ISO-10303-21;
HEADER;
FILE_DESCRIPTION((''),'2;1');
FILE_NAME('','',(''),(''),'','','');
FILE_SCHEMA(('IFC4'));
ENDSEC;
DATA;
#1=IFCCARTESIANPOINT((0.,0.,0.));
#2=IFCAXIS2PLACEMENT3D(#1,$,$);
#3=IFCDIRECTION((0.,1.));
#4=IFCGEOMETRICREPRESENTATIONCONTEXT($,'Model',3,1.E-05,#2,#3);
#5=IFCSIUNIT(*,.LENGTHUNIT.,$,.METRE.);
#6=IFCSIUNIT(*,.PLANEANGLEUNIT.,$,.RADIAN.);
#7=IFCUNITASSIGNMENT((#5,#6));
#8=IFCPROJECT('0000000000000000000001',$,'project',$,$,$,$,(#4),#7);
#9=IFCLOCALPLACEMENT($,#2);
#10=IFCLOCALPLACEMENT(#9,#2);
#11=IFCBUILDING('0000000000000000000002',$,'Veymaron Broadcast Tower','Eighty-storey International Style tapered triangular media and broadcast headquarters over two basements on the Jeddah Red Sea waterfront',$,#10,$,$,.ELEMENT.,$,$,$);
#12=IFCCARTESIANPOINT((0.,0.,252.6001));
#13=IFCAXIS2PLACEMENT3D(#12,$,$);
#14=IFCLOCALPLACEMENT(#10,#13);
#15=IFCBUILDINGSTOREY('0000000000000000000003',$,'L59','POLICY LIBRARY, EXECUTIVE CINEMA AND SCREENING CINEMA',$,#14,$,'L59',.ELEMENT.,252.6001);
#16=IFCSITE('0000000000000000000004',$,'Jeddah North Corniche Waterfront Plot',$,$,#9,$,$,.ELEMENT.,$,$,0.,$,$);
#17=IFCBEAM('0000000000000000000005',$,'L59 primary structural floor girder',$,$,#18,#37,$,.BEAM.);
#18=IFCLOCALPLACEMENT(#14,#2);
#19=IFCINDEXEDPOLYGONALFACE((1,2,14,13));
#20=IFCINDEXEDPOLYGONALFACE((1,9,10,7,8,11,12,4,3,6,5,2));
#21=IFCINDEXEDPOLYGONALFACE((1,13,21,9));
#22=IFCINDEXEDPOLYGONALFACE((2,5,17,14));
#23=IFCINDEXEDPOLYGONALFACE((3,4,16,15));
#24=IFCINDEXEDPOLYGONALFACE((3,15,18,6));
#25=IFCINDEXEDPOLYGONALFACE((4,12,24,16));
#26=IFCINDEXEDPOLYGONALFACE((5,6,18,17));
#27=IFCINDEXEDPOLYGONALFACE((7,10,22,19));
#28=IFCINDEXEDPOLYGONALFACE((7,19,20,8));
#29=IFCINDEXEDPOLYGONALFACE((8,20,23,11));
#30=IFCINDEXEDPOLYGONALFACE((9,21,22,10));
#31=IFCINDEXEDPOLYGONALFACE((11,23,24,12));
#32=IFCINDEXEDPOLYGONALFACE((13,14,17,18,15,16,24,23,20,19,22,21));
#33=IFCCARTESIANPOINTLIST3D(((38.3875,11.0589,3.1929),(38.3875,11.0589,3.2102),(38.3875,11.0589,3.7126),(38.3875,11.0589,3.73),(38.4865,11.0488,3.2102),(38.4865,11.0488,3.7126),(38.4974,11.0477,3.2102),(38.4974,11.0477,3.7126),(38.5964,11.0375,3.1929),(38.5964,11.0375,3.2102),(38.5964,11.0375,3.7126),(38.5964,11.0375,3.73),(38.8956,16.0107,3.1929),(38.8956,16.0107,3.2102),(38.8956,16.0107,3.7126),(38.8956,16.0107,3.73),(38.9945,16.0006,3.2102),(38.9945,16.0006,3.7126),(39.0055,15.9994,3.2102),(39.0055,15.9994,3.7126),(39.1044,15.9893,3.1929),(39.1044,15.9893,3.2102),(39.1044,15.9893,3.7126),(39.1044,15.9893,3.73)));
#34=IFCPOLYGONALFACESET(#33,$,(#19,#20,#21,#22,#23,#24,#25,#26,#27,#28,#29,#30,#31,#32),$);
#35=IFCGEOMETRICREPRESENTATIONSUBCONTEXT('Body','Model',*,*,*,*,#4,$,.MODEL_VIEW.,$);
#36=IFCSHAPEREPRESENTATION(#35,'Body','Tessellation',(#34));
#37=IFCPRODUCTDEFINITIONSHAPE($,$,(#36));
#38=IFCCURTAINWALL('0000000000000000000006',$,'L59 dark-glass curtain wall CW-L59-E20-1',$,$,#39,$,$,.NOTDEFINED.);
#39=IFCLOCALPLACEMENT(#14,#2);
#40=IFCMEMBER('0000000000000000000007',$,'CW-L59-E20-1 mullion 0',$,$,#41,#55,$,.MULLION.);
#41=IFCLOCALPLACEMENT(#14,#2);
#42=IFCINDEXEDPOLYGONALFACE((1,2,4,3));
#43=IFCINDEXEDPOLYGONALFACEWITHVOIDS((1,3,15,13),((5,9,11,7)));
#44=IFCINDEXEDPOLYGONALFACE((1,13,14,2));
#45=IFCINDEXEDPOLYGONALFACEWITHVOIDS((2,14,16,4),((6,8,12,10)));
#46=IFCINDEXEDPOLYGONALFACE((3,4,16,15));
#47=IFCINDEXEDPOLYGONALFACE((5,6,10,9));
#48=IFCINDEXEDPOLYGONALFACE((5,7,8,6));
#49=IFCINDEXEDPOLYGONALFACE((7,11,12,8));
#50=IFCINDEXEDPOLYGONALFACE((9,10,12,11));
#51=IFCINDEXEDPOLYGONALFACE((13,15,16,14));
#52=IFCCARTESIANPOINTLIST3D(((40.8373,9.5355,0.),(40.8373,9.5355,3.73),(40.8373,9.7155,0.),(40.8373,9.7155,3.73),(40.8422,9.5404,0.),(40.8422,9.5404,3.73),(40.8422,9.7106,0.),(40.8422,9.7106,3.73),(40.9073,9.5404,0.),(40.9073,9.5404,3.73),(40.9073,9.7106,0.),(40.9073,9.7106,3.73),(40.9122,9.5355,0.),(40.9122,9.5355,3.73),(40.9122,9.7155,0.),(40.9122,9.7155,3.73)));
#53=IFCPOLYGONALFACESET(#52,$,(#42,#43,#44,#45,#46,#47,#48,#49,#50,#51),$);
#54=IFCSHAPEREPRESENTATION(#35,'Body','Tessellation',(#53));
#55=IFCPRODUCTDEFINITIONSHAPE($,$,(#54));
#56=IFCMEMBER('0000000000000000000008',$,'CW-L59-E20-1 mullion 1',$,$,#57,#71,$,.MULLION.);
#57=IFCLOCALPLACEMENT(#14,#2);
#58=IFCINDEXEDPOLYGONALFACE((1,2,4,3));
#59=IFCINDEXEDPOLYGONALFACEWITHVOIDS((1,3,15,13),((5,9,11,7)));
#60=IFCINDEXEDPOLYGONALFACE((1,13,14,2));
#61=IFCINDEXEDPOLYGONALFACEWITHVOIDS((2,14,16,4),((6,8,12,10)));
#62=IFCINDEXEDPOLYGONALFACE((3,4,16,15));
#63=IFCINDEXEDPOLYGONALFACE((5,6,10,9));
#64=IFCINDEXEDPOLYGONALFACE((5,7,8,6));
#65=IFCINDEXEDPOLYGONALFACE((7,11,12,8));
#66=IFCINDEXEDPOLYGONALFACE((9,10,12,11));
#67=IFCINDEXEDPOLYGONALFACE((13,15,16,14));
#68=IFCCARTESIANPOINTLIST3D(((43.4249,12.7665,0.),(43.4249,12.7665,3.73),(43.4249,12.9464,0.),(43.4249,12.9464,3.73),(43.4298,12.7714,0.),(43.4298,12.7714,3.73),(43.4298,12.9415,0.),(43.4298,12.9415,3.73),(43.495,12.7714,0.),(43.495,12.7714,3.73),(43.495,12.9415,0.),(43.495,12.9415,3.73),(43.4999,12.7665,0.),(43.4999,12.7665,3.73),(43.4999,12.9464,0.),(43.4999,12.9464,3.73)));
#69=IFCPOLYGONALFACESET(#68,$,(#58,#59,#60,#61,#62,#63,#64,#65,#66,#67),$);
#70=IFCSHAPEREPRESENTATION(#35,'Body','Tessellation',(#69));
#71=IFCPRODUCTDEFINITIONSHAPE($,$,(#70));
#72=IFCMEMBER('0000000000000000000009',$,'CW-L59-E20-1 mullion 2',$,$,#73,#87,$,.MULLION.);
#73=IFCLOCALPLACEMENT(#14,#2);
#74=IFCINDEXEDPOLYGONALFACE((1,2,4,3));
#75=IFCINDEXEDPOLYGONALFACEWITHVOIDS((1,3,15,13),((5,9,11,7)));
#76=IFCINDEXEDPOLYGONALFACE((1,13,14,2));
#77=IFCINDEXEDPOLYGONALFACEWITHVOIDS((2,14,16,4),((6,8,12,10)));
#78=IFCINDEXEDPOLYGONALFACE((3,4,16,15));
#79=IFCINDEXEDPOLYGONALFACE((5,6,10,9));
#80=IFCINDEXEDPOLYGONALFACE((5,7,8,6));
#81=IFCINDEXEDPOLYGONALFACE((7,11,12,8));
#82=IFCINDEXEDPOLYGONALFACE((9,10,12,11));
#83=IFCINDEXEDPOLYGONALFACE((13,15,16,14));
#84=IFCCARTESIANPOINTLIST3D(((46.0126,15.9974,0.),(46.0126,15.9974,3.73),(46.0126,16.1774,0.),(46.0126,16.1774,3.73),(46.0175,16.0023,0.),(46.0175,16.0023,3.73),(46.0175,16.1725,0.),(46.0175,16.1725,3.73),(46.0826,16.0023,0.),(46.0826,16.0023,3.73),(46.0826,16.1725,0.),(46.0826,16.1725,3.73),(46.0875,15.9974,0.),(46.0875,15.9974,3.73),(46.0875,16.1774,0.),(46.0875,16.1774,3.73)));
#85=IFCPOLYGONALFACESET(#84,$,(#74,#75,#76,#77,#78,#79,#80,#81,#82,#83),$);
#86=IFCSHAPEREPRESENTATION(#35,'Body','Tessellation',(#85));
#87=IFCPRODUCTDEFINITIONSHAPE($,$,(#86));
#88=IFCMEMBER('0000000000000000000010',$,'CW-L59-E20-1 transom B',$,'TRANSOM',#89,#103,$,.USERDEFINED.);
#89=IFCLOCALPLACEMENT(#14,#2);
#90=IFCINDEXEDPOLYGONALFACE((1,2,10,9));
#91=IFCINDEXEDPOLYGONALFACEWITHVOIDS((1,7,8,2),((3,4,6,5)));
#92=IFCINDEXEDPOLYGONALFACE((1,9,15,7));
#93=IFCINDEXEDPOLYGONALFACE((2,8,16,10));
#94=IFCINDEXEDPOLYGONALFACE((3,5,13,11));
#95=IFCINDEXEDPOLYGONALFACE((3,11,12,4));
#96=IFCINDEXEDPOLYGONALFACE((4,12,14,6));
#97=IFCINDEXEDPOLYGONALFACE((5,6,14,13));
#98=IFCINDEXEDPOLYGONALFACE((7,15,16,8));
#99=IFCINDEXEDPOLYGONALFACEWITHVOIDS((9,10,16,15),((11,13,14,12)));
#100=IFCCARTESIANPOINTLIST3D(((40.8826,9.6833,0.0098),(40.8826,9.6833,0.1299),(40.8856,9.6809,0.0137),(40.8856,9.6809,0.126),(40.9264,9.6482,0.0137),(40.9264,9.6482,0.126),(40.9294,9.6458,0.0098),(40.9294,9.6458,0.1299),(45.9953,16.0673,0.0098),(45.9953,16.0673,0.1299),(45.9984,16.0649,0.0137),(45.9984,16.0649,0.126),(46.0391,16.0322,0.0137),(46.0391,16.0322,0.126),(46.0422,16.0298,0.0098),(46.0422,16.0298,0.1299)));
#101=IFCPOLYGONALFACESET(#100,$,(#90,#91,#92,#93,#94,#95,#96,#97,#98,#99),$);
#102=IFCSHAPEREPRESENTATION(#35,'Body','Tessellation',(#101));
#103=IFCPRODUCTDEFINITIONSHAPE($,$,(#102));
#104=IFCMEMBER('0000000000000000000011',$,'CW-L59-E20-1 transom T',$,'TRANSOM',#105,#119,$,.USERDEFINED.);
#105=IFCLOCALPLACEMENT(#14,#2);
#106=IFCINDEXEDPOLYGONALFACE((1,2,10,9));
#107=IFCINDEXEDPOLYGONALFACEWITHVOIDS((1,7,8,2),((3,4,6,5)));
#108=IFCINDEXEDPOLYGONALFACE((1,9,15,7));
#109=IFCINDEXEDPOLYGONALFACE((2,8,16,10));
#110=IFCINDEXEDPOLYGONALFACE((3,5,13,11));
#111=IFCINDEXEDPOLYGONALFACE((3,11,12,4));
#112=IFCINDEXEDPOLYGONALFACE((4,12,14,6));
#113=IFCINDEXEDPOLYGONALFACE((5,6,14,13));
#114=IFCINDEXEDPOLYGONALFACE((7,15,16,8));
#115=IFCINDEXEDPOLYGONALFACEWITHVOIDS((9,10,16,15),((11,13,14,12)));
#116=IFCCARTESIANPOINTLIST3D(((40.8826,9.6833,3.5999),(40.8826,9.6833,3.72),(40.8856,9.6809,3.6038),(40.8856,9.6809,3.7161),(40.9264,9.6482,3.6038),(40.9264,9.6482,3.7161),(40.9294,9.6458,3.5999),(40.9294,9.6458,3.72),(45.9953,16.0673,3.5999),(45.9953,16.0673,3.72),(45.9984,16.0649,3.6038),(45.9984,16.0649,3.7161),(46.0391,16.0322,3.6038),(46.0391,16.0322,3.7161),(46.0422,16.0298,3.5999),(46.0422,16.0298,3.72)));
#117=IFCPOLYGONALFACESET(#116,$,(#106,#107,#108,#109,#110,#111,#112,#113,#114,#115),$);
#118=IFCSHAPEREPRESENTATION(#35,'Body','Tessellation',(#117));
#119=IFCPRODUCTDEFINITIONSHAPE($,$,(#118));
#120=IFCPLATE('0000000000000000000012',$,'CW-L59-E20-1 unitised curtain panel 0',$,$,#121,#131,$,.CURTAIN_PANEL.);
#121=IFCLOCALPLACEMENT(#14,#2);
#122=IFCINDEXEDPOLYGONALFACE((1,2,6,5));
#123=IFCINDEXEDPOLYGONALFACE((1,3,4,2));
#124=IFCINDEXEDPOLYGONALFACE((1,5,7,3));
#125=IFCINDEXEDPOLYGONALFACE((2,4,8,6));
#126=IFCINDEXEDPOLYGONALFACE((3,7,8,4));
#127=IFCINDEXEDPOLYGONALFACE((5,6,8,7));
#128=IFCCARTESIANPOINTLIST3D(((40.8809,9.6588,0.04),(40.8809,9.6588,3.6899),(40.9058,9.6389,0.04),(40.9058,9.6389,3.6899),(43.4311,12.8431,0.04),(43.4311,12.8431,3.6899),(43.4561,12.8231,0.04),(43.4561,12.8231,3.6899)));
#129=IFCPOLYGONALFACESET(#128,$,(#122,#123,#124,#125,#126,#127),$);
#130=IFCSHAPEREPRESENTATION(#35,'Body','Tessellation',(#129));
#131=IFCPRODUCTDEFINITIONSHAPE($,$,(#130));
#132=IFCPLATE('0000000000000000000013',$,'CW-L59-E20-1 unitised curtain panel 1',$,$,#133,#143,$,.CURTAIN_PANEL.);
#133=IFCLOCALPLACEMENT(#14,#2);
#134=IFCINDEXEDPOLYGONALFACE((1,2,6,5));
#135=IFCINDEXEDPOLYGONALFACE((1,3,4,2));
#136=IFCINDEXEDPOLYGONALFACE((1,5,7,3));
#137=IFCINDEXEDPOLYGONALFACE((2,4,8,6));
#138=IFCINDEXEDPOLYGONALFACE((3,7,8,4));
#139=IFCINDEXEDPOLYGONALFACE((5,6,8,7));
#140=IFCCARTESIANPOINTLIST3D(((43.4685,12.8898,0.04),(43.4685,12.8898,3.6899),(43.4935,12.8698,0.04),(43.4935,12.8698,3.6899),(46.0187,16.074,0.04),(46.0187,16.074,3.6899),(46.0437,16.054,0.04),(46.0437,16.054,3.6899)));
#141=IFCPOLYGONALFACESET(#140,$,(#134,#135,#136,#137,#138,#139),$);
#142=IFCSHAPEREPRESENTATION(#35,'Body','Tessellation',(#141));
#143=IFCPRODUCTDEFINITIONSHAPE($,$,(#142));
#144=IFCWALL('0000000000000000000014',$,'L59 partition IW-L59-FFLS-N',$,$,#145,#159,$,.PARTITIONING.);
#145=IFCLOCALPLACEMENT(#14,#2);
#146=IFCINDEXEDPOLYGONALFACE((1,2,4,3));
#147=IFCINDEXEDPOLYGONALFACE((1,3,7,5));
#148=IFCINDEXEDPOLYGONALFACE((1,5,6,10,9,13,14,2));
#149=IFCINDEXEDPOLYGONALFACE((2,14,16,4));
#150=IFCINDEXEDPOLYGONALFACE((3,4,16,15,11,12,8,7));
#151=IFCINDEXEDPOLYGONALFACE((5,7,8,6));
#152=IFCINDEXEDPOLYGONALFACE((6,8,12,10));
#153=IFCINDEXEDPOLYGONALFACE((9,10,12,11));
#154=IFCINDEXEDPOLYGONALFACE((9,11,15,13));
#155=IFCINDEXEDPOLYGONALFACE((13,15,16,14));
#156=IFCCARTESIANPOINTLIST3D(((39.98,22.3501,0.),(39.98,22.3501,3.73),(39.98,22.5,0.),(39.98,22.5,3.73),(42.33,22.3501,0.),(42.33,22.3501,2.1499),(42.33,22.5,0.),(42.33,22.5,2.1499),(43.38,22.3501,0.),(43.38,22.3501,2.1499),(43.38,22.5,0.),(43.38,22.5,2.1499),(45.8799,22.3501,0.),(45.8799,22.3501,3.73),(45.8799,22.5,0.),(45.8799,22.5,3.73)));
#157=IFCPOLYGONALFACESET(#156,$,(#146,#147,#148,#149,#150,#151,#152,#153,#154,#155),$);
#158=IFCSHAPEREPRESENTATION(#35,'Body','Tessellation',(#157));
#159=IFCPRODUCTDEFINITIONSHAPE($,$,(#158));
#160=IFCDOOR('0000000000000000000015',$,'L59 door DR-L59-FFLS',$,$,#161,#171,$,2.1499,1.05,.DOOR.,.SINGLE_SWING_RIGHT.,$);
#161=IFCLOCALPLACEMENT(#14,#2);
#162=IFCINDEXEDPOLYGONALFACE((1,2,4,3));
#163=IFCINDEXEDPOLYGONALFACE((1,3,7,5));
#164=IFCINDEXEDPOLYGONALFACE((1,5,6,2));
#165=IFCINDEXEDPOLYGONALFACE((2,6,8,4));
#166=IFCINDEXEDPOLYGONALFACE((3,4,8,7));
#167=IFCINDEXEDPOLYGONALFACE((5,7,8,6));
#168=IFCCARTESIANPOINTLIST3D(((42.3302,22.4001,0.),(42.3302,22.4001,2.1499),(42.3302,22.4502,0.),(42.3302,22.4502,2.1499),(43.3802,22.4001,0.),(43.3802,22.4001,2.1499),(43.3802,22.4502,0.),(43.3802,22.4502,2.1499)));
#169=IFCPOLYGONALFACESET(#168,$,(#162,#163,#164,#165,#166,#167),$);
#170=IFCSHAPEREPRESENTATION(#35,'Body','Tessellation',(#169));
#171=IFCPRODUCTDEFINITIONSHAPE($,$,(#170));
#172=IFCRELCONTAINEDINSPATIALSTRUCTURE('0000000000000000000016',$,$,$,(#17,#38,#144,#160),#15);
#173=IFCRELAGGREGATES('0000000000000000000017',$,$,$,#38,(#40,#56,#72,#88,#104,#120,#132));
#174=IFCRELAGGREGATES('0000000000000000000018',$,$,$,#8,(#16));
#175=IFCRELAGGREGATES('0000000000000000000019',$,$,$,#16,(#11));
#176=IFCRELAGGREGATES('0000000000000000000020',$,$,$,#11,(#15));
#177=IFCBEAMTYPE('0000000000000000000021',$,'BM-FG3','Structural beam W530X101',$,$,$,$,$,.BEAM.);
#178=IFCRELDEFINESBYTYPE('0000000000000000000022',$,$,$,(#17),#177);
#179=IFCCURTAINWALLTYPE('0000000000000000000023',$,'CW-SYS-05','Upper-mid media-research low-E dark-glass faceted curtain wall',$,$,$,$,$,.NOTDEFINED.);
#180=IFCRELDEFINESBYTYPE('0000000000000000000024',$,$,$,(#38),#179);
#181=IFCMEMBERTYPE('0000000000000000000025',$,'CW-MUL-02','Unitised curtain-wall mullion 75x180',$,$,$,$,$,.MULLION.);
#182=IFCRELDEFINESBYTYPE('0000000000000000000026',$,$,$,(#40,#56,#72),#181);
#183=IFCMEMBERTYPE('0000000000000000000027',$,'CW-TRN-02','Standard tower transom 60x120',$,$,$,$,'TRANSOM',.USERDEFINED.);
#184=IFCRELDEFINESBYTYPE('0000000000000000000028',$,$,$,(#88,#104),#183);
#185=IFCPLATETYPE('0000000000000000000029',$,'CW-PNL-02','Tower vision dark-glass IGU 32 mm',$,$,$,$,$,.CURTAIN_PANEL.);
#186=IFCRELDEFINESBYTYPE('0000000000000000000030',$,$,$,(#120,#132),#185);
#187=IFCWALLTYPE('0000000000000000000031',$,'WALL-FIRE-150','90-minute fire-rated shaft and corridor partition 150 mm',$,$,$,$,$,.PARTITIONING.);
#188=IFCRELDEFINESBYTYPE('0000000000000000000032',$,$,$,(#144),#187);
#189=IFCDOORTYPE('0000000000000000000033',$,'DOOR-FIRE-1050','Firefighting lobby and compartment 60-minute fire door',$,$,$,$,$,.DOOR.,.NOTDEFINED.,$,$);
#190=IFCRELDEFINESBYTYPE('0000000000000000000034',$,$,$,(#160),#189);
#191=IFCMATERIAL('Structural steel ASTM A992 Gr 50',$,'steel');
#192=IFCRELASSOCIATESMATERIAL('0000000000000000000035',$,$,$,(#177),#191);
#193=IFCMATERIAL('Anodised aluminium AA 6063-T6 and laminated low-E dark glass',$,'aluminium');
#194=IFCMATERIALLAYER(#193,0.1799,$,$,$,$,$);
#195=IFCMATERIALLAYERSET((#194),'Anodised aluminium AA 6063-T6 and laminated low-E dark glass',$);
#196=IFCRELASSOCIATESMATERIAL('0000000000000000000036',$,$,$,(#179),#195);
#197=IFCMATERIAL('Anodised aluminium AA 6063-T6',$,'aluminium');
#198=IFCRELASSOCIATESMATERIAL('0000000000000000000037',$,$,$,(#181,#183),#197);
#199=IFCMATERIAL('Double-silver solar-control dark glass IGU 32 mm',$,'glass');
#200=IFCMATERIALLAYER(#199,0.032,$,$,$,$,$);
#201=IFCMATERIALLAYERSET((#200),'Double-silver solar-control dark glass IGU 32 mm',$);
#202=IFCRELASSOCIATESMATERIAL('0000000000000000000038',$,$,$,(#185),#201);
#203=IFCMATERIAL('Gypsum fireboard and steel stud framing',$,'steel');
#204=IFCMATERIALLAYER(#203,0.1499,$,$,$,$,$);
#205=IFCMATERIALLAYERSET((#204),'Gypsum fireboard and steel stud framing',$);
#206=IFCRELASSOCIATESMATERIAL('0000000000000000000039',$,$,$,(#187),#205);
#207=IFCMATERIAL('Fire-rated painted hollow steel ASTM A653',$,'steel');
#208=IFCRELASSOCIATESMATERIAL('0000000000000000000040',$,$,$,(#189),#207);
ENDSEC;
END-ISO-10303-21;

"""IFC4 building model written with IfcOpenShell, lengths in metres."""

from ifc_helpers import new_model, si_unit, direction, frame, frame_2d, origin, origin_2d, place, context, subcontext, project, spatial, rectangle, hollow_rectangle, i_section, extrude, material, layer, layer_set, material_profile, profile_set, type_object, element, fill, aggregate, save


model = new_model("IFC4")

# Units and contexts
model_context = context("Model", 3, precision=1e-05, world=origin(), true_north=direction((0.0, 1.0)))
body_context = subcontext(model_context, "Body", "Model", "MODEL_VIEW")
ifc_project = project(units=[si_unit("LENGTHUNIT", "METRE"), si_unit("PLANEANGLEUNIT", "RADIAN")], contexts=[model_context])

# Site, building, storey
site_placement = place(None, origin())
site = spatial("IfcSite", under=ifc_project, at=site_placement, Name="Jeddah North Corniche Waterfront Plot", CompositionType="ELEMENT", RefElevation=0.0)
building_placement = place(site_placement, origin())
building = spatial("IfcBuilding", under=site, at=building_placement, Name="Veymaron Broadcast Tower", Description="Eighty-storey International Style tapered triangular media and broadcast headquarters over two basements on the Jeddah Red Sea waterfront", CompositionType="ELEMENT")
storey_placement = place(building_placement, frame((0.0, 0.0, 252.6001)))
storey = spatial("IfcBuildingStorey", under=building, at=storey_placement, Name="L59", Description="POLICY LIBRARY, EXECUTIVE CINEMA AND SCREENING CINEMA", LongName="L59", CompositionType="ELEMENT", Elevation=252.6001)

# Beam
ifc_material_1 = material(Name="Structural steel ASTM A992 Gr 50", Category="steel")
ifc_material_profile_1 = material_profile(ifc_material_1, i_section(OverallWidth=0.21, OverallDepth=0.5371, WebThickness=0.011, FlangeThickness=0.0173, at=origin_2d()), Name="W530X101")
ifc_profile_set_1 = profile_set([ifc_material_profile_1], Name="Structural steel ASTM A992 Gr 50")
beam_type = type_object("IfcBeamType", Name="BM-FG3", Description="Structural beam W530X101", PredefinedType="BEAM", material=ifc_profile_set_1)
beam_placement = place(storey_placement, frame((39.0, 16.0, 3.4614), z_axis=(-0.102062, -0.994778, 0.0), x_axis=(0.994778, -0.102062, 0.0)))
element("IfcBeam", 1, at=beam_placement, inside=storey, type_object=beam_type, Name="L59 primary structural floor girder", PredefinedType="BEAM", context=body_context, shape_type="SweptSolid", body=[
    extrude(i_section(OverallWidth=0.21, OverallDepth=0.5371, WebThickness=0.011, FlangeThickness=0.0173, at=origin_2d()), origin(), (0.0, 0.0, 1.0), 4.9778),
])

# Curtain wall, members, plates
ifc_material_2 = material(Name="Anodised aluminium AA 6063-T6 and laminated low-E dark glass", Category="aluminium")
ifc_layer_1 = layer(ifc_material_2, 0.1799)
ifc_layer_set_1 = layer_set([ifc_layer_1], Name="Anodised aluminium AA 6063-T6 and laminated low-E dark glass")
curtain_wall_type = type_object("IfcCurtainWallType", Name="CW-SYS-05", Description="Upper-mid media-research low-E dark-glass faceted curtain wall", PredefinedType="NOTDEFINED", material=ifc_layer_set_1)
curtain_wall_placement = place(storey_placement, origin())
curtain_wall = element("IfcCurtainWall", 2, at=curtain_wall_placement, inside=storey, type_object=curtain_wall_type, Name="L59 dark-glass curtain wall CW-L59-E20-1", PredefinedType="NOTDEFINED")
ifc_material_3 = material(Name="Anodised aluminium AA 6063-T6", Category="aluminium")
ifc_material_profile_2 = material_profile(ifc_material_3, hollow_rectangle(XDim=0.075, YDim=0.1799, WallThickness=0.0049, at=origin_2d()), Name="AL180X75X5")
ifc_profile_set_2 = profile_set([ifc_material_profile_2], Name="Anodised aluminium AA 6063-T6")
member_type_1 = type_object("IfcMemberType", Name="CW-MUL-02", Description="Unitised curtain-wall mullion 75x180", PredefinedType="MULLION", material=ifc_profile_set_2)
member_1_placement = place(storey_placement, frame((40.8748, 9.6255, 0.0), z_axis=(0.0, 0.0, 1.0), x_axis=(1.0, 0.0, 0.0)))
member_1 = element("IfcMember", 3, at=member_1_placement, type_object=member_type_1, Name="CW-L59-E20-1 mullion 0", PredefinedType="MULLION", context=body_context, shape_type="SweptSolid", body=[
    extrude(hollow_rectangle(XDim=0.075, YDim=0.1799, WallThickness=0.0049, at=origin_2d()), origin(), (0.0, 0.0, 1.0), 3.73),
])
member_2_placement = place(storey_placement, frame((43.4624, 12.8564, 0.0), z_axis=(0.0, 0.0, 1.0), x_axis=(1.0, 0.0, 0.0)))
member_2 = element("IfcMember", 4, at=member_2_placement, type_object=member_type_1, Name="CW-L59-E20-1 mullion 1", PredefinedType="MULLION", context=body_context, shape_type="SweptSolid", body=[
    extrude(hollow_rectangle(XDim=0.075, YDim=0.1799, WallThickness=0.0049, at=origin_2d()), origin(), (0.0, 0.0, 1.0), 3.73),
])
member_3_placement = place(storey_placement, frame((46.05, 16.0874, 0.0), z_axis=(0.0, 0.0, 1.0), x_axis=(1.0, 0.0, 0.0)))
member_3 = element("IfcMember", 5, at=member_3_placement, type_object=member_type_1, Name="CW-L59-E20-1 mullion 2", PredefinedType="MULLION", context=body_context, shape_type="SweptSolid", body=[
    extrude(hollow_rectangle(XDim=0.075, YDim=0.1799, WallThickness=0.0049, at=origin_2d()), origin(), (0.0, 0.0, 1.0), 3.73),
])
ifc_material_profile_3 = material_profile(ifc_material_3, hollow_rectangle(XDim=0.0601, YDim=0.1201, WallThickness=0.0039, at=origin_2d()), Name="AL120X60X4")
ifc_profile_set_3 = profile_set([ifc_material_profile_3], Name="Anodised aluminium AA 6063-T6")
member_type_2 = type_object("IfcMemberType", Name="CW-TRN-02", Description="Standard tower transom 60x120", ElementType="TRANSOM", PredefinedType="USERDEFINED", material=ifc_profile_set_3)
member_4_placement = place(storey_placement, frame((40.906, 9.6646, 0.0698), z_axis=(0.62511, 0.780537, 0.0), x_axis=(-0.780537, 0.62511, 0.0)))
member_4 = element("IfcMember", 6, at=member_4_placement, type_object=member_type_2, Name="CW-L59-E20-1 transom B", ObjectType="TRANSOM", PredefinedType="USERDEFINED", context=body_context, shape_type="SweptSolid", body=[
    extrude(hollow_rectangle(XDim=0.0601, YDim=0.1201, WallThickness=0.0039, at=origin_2d()), origin(), (0.0, 0.0, 1.0), 8.179),
])
member_5_placement = place(storey_placement, frame((40.906, 9.6646, 3.6599), z_axis=(0.62511, 0.780537, 0.0), x_axis=(-0.780537, 0.62511, 0.0)))
member_5 = element("IfcMember", 7, at=member_5_placement, type_object=member_type_2, Name="CW-L59-E20-1 transom T", ObjectType="TRANSOM", PredefinedType="USERDEFINED", context=body_context, shape_type="SweptSolid", body=[
    extrude(hollow_rectangle(XDim=0.0601, YDim=0.1201, WallThickness=0.0039, at=origin_2d()), origin(), (0.0, 0.0, 1.0), 8.179),
])
ifc_material_4 = material(Name="Double-silver solar-control dark glass IGU 32 mm", Category="glass")
ifc_layer_2 = layer(ifc_material_4, 0.032)
ifc_layer_set_2 = layer_set([ifc_layer_2], Name="Double-silver solar-control dark glass IGU 32 mm")
plate_type = type_object("IfcPlateType", Name="CW-PNL-02", Description="Tower vision dark-glass IGU 32 mm", PredefinedType="CURTAIN_PANEL", material=ifc_layer_set_2)
plate_1_placement = place(storey_placement, frame((42.1685, 11.241, 0.04), z_axis=(0.0, 0.0, 1.0), x_axis=(0.62512, 0.780529, 0.0)))
plate_1 = element("IfcPlate", 8, at=plate_1_placement, type_object=plate_type, Name="CW-L59-E20-1 unitised curtain panel 0", PredefinedType="CURTAIN_PANEL", context=body_context, shape_type="SweptSolid", body=[
    extrude(rectangle(XDim=4.0796, YDim=0.032, at=origin_2d()), origin(), (0.0, 0.0, 1.0), 3.6499),
])
plate_2_placement = place(storey_placement, frame((44.7561, 14.4719, 0.04), z_axis=(0.0, 0.0, 1.0), x_axis=(0.62512, 0.780529, 0.0)))
plate_2 = element("IfcPlate", 9, at=plate_2_placement, type_object=plate_type, Name="CW-L59-E20-1 unitised curtain panel 1", PredefinedType="CURTAIN_PANEL", context=body_context, shape_type="SweptSolid", body=[
    extrude(rectangle(XDim=4.0796, YDim=0.032, at=origin_2d()), origin(), (0.0, 0.0, 1.0), 3.6499),
])
aggregate(curtain_wall, [member_1, member_2, member_3, member_4, member_5, plate_1, plate_2])

# Wall, opening, door
ifc_material_5 = material(Name="Gypsum fireboard and steel stud framing", Category="steel")
ifc_layer_3 = layer(ifc_material_5, 0.1499)
ifc_layer_set_3 = layer_set([ifc_layer_3], Name="Gypsum fireboard and steel stud framing")
wall_type_1 = type_object("IfcWallType", Name="WALL-FIRE-150", Description="90-minute fire-rated shaft and corridor partition 150 mm", PredefinedType="PARTITIONING", material=ifc_layer_set_3)
wall_1_placement = place(storey_placement, frame((39.98, 22.425, 0.0), z_axis=(0.0, 0.0, 1.0), x_axis=(1.0, 0.0, 0.0)))
wall_1 = element("IfcWall", 10, at=wall_1_placement, inside=storey, type_object=wall_type_1, Name="L59 partition IW-L59-FFLS-N", PredefinedType="PARTITIONING", context=body_context, shape_type="SweptSolid", body=[
    extrude(rectangle(XDim=5.8999, YDim=0.1499, at=frame_2d((2.95, 0.0))), origin(), (0.0, 0.0, 1.0), 3.73),
])
opening_1_placement = place(wall_1_placement, frame((2.3501, 0.0, 0.0)))
opening_1 = element("IfcOpeningElement", 11, at=opening_1_placement, cuts=wall_1, PredefinedType="OPENING", context=body_context, shape_type="SweptSolid", body=[
    extrude(rectangle(XDim=1.05, YDim=2.1499, at=frame_2d((0.5249, 1.075))), frame((0.0, 0.085, 0.0), z_axis=(0.0, -1.0, 0.0), x_axis=(1.0, 0.0, 0.0)), (0.0, 0.0, 1.0), 0.1699),
])
ifc_material_6 = material(Name="Fire-rated painted hollow steel ASTM A653", Category="steel")
door_type_1 = type_object("IfcDoorType", Name="DOOR-FIRE-1050", Description="Firefighting lobby and compartment 60-minute fire door", OperationType="NOTDEFINED", PredefinedType="DOOR", material=ifc_material_6)
door_1_placement = place(opening_1_placement, frame((1.05, 0.0, 0.0), z_axis=(0.0, 0.0, 1.0), x_axis=(-1.0, 0.0, 0.0)))
door_1 = element("IfcDoor", 12, at=door_1_placement, inside=storey, type_object=door_type_1, Name="L59 door DR-L59-FFLS", OperationType="SINGLE_SWING_RIGHT", OverallHeight=2.1499, OverallWidth=1.05, PredefinedType="DOOR", context=body_context, shape_type="SweptSolid", body=[
    extrude(rectangle(XDim=1.05, YDim=2.1499, at=frame_2d((0.5249, 1.075))), frame((0.0, 0.0249, 0.0), z_axis=(0.0, -1.0, 0.0), x_axis=(1.0, 0.0, 0.0)), (0.0, 0.0, 1.0), 0.05),
])
fill(opening_1, door_1)

save(model, "model.ifc")
